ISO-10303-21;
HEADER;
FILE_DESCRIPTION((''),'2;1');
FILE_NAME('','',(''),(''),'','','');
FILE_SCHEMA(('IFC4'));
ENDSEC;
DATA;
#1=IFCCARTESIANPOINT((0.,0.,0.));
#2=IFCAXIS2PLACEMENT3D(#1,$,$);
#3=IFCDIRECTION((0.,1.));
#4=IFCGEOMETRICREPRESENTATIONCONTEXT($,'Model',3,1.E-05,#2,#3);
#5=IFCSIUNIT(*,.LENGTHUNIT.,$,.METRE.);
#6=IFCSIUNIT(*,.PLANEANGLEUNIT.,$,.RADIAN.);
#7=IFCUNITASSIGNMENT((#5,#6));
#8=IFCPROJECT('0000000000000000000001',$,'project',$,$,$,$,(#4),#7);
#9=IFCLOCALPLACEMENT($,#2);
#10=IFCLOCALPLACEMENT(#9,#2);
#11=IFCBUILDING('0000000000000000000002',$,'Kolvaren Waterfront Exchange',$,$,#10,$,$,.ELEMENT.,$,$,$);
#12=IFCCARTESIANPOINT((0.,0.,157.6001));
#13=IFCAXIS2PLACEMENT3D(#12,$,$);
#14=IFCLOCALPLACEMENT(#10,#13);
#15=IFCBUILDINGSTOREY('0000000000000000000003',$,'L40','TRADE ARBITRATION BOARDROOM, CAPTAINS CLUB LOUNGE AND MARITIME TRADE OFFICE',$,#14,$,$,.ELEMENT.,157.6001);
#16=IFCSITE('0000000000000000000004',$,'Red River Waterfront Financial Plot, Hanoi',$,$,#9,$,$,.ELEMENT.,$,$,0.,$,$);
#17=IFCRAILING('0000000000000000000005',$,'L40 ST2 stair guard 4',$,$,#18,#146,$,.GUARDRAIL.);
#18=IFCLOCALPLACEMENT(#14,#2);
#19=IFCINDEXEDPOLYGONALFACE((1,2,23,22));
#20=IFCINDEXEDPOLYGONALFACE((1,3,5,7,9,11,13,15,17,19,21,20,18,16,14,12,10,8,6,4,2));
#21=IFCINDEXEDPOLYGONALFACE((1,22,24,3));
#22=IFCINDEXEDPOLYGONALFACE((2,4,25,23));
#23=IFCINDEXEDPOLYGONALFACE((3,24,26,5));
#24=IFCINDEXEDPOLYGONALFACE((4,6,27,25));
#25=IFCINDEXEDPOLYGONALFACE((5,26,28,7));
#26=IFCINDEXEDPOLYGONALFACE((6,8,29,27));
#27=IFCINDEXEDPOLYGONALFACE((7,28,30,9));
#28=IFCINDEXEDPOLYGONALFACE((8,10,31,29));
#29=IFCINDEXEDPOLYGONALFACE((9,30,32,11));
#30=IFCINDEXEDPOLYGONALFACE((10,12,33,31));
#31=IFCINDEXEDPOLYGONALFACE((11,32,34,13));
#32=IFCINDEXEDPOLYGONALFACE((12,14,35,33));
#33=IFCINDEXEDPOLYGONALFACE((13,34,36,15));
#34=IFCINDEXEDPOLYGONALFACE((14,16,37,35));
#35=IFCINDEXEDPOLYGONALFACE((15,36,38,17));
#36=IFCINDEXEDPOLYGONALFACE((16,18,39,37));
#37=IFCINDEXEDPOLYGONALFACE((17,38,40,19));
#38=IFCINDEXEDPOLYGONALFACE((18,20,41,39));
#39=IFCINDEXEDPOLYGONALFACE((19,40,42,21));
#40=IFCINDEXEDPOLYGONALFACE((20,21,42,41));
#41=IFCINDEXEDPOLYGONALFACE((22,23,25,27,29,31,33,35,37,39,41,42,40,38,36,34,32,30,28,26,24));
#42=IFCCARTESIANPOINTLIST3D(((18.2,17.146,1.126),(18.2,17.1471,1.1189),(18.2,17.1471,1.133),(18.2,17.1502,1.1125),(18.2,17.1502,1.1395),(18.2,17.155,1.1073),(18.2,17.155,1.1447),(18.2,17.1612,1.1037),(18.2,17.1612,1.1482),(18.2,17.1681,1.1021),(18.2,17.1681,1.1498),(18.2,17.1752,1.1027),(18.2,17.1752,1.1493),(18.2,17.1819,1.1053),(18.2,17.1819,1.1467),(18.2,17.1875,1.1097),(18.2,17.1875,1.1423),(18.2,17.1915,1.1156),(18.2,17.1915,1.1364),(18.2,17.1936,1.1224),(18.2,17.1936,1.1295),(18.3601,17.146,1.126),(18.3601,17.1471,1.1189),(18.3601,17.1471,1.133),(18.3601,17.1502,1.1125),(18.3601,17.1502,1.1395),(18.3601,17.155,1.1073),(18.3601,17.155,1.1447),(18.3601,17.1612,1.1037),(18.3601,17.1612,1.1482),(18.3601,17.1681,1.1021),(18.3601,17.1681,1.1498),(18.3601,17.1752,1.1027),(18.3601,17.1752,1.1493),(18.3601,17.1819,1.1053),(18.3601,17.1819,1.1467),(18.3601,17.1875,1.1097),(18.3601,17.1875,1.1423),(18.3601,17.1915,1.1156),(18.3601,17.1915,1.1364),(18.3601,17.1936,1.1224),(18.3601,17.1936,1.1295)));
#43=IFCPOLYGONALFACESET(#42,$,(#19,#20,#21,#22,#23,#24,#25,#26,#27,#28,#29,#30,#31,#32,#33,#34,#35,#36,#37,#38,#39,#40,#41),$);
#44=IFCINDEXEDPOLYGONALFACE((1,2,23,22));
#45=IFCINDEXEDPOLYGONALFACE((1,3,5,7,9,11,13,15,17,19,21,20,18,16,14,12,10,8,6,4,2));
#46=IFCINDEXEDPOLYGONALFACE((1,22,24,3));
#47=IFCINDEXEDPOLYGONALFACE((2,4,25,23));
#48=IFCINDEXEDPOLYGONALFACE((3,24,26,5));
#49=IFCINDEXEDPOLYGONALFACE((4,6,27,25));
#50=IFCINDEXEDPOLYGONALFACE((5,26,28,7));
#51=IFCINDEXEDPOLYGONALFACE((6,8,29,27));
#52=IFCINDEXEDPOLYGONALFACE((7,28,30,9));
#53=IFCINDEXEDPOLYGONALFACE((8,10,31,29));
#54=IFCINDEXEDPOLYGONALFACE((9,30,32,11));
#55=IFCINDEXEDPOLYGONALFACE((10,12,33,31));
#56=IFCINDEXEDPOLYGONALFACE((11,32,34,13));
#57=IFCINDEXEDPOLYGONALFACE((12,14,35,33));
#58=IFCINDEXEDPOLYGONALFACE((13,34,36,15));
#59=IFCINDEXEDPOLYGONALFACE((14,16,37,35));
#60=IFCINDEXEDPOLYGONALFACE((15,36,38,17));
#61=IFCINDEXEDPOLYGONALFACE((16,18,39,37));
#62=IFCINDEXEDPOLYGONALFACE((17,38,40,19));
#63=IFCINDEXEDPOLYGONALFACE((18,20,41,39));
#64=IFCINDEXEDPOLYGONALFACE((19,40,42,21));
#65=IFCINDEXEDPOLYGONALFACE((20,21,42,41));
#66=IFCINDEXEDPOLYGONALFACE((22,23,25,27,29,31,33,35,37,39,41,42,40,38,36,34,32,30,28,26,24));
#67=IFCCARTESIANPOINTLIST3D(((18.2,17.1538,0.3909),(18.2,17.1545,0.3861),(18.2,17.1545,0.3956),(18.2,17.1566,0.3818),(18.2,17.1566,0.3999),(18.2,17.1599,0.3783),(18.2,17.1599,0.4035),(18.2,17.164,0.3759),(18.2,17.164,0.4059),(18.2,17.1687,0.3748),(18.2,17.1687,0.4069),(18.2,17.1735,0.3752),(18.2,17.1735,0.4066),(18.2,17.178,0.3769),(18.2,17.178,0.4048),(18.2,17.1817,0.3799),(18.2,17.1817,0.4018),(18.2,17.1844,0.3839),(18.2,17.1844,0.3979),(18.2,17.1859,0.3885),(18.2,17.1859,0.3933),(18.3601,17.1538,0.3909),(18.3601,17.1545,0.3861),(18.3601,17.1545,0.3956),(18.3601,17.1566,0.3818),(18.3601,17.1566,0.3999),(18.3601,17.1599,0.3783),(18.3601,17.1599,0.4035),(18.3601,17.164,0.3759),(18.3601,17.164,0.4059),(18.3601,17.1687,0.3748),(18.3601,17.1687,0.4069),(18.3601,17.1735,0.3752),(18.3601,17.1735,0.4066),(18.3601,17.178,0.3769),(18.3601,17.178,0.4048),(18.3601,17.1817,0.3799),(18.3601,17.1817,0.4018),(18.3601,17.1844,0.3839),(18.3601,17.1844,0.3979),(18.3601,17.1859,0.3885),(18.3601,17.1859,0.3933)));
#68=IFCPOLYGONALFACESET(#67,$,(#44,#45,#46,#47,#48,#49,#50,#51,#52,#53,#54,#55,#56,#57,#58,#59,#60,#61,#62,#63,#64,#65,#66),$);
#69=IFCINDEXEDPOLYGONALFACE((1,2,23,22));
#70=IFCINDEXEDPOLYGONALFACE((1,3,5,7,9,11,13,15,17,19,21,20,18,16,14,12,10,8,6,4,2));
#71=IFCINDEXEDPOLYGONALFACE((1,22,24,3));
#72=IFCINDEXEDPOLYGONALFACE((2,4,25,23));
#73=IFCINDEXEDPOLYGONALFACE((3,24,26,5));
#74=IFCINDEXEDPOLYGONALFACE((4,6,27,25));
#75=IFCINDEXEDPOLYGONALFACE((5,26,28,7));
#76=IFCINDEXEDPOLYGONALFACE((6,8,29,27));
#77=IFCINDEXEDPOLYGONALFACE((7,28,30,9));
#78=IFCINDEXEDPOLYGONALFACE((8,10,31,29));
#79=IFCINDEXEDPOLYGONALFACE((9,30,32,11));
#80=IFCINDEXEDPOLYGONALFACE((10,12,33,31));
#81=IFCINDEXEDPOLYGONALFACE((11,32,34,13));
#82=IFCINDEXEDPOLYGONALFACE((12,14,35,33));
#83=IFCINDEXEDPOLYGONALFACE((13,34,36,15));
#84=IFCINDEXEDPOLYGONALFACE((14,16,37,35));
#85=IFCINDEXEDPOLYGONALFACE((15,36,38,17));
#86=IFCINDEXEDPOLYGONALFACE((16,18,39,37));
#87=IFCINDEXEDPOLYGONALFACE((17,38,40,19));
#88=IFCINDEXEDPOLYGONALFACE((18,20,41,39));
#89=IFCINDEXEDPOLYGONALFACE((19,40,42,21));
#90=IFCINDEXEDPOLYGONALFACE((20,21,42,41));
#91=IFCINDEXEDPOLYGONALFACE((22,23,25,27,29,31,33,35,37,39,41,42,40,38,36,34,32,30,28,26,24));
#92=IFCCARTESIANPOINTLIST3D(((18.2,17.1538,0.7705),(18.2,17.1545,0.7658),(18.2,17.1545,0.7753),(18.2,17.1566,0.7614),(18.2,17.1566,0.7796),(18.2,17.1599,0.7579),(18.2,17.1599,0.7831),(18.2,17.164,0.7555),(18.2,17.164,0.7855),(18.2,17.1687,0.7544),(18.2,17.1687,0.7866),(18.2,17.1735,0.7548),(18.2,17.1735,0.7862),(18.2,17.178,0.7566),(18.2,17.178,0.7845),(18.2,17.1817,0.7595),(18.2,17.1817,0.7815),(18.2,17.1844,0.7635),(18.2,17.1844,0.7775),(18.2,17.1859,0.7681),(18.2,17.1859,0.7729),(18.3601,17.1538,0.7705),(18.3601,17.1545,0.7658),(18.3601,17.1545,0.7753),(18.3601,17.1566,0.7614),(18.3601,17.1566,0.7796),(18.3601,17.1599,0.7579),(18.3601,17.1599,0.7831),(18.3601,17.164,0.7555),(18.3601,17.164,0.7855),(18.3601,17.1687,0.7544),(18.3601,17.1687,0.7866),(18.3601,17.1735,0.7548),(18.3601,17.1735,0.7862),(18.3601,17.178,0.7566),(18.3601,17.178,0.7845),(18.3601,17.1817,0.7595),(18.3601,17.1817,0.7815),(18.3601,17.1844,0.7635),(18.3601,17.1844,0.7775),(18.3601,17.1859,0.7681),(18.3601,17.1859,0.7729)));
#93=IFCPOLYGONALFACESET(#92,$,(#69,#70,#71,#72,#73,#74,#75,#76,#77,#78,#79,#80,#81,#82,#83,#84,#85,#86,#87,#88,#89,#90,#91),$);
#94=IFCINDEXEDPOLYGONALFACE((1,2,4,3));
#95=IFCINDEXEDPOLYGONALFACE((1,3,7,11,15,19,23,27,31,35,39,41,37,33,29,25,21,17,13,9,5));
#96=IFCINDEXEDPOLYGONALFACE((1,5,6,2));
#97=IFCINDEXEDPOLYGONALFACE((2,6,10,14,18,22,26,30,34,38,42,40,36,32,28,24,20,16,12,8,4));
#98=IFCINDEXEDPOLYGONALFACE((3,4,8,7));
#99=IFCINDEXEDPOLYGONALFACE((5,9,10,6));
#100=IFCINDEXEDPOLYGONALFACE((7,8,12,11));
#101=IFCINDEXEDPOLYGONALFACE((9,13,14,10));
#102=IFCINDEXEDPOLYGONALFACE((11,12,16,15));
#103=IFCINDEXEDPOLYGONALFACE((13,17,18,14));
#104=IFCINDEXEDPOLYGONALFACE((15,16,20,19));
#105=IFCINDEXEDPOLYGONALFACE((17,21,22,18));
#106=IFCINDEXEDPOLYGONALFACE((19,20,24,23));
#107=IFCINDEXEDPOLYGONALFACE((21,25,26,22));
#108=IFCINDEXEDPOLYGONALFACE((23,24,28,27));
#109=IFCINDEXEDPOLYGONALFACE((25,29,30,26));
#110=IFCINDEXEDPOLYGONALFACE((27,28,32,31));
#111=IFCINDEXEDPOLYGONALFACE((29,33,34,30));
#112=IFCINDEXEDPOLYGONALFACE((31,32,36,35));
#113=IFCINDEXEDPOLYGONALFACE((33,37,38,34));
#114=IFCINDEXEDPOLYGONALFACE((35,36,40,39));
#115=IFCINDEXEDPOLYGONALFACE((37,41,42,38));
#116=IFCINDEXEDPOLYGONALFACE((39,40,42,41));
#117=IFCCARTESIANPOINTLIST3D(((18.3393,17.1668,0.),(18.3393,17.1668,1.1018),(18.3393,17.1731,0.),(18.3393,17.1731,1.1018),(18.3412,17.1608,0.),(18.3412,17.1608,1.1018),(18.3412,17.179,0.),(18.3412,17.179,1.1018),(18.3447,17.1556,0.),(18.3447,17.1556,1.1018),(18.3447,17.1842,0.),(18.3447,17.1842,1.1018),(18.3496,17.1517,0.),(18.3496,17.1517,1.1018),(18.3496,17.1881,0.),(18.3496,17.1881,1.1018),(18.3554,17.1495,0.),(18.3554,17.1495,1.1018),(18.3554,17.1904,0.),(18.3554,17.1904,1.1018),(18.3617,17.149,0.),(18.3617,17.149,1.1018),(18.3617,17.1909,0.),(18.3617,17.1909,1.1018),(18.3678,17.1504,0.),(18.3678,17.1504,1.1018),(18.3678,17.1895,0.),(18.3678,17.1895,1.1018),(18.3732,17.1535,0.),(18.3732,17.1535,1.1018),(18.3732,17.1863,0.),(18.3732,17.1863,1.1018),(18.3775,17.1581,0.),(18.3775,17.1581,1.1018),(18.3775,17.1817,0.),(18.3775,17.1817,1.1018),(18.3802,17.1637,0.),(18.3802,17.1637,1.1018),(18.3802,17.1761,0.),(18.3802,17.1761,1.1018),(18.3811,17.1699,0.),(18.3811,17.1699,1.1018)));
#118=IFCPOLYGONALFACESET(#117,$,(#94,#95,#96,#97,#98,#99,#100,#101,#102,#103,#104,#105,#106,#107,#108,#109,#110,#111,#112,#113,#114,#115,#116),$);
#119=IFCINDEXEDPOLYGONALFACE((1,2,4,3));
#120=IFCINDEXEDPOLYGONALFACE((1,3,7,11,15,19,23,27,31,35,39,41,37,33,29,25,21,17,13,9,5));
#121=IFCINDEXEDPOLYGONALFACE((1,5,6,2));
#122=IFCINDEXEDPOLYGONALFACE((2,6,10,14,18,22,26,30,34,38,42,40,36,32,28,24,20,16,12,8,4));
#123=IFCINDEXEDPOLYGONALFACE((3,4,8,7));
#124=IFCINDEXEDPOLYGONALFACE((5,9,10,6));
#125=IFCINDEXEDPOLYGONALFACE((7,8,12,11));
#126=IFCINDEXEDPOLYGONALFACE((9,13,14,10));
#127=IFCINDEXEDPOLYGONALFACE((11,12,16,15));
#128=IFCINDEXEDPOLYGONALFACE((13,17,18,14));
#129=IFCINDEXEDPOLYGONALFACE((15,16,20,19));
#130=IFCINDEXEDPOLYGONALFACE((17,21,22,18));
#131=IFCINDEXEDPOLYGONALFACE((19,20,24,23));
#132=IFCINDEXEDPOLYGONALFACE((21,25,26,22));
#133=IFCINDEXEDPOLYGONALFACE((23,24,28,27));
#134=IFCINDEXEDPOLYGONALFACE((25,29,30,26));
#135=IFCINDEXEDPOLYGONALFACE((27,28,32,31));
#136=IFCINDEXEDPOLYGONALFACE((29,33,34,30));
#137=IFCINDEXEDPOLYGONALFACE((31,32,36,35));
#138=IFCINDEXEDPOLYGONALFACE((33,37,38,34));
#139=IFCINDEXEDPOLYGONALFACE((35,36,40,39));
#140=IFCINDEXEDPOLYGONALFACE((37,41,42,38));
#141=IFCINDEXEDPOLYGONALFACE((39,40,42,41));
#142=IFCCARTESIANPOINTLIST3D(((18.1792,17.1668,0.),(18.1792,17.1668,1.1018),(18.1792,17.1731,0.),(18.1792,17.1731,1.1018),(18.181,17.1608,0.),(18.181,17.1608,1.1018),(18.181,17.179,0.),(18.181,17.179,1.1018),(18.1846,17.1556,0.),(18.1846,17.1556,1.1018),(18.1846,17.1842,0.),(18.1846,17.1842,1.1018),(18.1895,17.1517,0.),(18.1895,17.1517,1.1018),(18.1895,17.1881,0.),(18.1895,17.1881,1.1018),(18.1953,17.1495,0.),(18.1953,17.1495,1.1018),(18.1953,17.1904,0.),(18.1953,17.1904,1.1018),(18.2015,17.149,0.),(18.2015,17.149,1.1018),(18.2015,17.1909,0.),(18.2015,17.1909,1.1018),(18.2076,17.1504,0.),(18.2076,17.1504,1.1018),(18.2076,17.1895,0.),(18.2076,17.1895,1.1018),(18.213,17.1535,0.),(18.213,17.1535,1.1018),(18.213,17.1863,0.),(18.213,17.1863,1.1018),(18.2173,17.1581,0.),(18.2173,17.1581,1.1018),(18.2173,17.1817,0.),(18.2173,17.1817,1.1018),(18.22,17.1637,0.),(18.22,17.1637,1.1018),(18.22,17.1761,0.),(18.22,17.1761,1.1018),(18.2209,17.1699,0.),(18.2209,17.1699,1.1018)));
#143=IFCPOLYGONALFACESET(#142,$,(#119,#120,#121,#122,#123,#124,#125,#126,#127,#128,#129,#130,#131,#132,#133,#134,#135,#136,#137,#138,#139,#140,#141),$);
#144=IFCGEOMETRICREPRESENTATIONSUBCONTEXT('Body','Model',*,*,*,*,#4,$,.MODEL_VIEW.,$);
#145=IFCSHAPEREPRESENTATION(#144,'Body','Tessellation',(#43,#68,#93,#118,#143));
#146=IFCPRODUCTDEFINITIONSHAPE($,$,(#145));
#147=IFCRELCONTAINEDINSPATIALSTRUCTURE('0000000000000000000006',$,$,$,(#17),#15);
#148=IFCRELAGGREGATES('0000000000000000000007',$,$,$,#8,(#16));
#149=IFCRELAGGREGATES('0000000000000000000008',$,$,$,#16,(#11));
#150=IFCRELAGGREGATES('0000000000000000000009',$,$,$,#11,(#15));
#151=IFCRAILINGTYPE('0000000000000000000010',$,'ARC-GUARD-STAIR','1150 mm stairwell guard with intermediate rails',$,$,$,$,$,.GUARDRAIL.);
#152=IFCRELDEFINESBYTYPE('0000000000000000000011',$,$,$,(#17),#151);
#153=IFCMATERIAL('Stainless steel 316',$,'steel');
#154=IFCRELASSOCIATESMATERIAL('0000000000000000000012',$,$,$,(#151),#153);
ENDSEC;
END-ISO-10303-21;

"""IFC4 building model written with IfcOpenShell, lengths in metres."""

from ifc_helpers import new_model, si_unit, direction, frame, origin, origin_2d, place, context, subcontext, project, spatial, circle, extrude, material, type_object, element, save


model = new_model("IFC4")

# Units and contexts
model_context = context("Model", 3, precision=1e-05, world=origin(), true_north=direction((0.0, 1.0)))
body_context = subcontext(model_context, "Body", "Model", "MODEL_VIEW")
ifc_project = project(units=[si_unit("LENGTHUNIT", "METRE"), si_unit("PLANEANGLEUNIT", "RADIAN")], contexts=[model_context])

# Site, building, storey
site_placement = place(None, origin())
site = spatial("IfcSite", under=ifc_project, at=site_placement, Name="Red River Waterfront Financial Plot, Hanoi", CompositionType="ELEMENT", RefElevation=0.0)
building_placement = place(site_placement, origin())
building = spatial("IfcBuilding", under=site, at=building_placement, Name="Kolvaren Waterfront Exchange", CompositionType="ELEMENT")
storey_placement = place(building_placement, frame((0.0, 0.0, 157.6001)))
storey = spatial("IfcBuildingStorey", under=building, at=storey_placement, Name="L40", Description="TRADE ARBITRATION BOARDROOM, CAPTAINS CLUB LOUNGE AND MARITIME TRADE OFFICE", CompositionType="ELEMENT", Elevation=157.6001)

# Railing
ifc_material_1 = material(Name="Stainless steel 316", Category="steel")
railing_type_1 = type_object("IfcRailingType", Name="ARC-GUARD-STAIR", Description="1150 mm stairwell guard with intermediate rails", PredefinedType="GUARDRAIL", material=ifc_material_1)
railing_1_placement = place(storey_placement, frame((18.3601, 17.1699, 0.0)))
element("IfcRailing", 1, at=railing_1_placement, inside=storey, type_object=railing_type_1, Name="L40 ST2 stair guard 4", PredefinedType="GUARDRAIL", context=body_context, shape_type="SweptSolid", body=[
    extrude(circle(Radius=0.0239, at=origin_2d()), frame((0.0, 0.0, 1.126), z_axis=(-1.0, 0.0, 0.0), x_axis=(0.0, -1.0, 0.0)), (0.0, 0.0, 1.0), 0.1602),
    extrude(circle(Radius=0.0161, at=origin_2d()), frame((0.0, 0.0, 0.3909), z_axis=(-1.0, 0.0, 0.0), x_axis=(0.0, -1.0, 0.0)), (0.0, 0.0, 1.0), 0.1602),
    extrude(circle(Radius=0.0161, at=origin_2d()), frame((0.0, 0.0, 0.7705), z_axis=(-1.0, 0.0, 0.0), x_axis=(0.0, -1.0, 0.0)), (0.0, 0.0, 1.0), 0.1602),
    extrude(circle(Radius=0.021, at=origin_2d()), origin(), (0.0, 0.0, 1.0), 1.1018),
    extrude(circle(Radius=0.021, at=origin_2d()), frame((-0.1602, 0.0, 0.0)), (0.0, 0.0, 1.0), 1.1018),
])

save(model, "model.ifc")
